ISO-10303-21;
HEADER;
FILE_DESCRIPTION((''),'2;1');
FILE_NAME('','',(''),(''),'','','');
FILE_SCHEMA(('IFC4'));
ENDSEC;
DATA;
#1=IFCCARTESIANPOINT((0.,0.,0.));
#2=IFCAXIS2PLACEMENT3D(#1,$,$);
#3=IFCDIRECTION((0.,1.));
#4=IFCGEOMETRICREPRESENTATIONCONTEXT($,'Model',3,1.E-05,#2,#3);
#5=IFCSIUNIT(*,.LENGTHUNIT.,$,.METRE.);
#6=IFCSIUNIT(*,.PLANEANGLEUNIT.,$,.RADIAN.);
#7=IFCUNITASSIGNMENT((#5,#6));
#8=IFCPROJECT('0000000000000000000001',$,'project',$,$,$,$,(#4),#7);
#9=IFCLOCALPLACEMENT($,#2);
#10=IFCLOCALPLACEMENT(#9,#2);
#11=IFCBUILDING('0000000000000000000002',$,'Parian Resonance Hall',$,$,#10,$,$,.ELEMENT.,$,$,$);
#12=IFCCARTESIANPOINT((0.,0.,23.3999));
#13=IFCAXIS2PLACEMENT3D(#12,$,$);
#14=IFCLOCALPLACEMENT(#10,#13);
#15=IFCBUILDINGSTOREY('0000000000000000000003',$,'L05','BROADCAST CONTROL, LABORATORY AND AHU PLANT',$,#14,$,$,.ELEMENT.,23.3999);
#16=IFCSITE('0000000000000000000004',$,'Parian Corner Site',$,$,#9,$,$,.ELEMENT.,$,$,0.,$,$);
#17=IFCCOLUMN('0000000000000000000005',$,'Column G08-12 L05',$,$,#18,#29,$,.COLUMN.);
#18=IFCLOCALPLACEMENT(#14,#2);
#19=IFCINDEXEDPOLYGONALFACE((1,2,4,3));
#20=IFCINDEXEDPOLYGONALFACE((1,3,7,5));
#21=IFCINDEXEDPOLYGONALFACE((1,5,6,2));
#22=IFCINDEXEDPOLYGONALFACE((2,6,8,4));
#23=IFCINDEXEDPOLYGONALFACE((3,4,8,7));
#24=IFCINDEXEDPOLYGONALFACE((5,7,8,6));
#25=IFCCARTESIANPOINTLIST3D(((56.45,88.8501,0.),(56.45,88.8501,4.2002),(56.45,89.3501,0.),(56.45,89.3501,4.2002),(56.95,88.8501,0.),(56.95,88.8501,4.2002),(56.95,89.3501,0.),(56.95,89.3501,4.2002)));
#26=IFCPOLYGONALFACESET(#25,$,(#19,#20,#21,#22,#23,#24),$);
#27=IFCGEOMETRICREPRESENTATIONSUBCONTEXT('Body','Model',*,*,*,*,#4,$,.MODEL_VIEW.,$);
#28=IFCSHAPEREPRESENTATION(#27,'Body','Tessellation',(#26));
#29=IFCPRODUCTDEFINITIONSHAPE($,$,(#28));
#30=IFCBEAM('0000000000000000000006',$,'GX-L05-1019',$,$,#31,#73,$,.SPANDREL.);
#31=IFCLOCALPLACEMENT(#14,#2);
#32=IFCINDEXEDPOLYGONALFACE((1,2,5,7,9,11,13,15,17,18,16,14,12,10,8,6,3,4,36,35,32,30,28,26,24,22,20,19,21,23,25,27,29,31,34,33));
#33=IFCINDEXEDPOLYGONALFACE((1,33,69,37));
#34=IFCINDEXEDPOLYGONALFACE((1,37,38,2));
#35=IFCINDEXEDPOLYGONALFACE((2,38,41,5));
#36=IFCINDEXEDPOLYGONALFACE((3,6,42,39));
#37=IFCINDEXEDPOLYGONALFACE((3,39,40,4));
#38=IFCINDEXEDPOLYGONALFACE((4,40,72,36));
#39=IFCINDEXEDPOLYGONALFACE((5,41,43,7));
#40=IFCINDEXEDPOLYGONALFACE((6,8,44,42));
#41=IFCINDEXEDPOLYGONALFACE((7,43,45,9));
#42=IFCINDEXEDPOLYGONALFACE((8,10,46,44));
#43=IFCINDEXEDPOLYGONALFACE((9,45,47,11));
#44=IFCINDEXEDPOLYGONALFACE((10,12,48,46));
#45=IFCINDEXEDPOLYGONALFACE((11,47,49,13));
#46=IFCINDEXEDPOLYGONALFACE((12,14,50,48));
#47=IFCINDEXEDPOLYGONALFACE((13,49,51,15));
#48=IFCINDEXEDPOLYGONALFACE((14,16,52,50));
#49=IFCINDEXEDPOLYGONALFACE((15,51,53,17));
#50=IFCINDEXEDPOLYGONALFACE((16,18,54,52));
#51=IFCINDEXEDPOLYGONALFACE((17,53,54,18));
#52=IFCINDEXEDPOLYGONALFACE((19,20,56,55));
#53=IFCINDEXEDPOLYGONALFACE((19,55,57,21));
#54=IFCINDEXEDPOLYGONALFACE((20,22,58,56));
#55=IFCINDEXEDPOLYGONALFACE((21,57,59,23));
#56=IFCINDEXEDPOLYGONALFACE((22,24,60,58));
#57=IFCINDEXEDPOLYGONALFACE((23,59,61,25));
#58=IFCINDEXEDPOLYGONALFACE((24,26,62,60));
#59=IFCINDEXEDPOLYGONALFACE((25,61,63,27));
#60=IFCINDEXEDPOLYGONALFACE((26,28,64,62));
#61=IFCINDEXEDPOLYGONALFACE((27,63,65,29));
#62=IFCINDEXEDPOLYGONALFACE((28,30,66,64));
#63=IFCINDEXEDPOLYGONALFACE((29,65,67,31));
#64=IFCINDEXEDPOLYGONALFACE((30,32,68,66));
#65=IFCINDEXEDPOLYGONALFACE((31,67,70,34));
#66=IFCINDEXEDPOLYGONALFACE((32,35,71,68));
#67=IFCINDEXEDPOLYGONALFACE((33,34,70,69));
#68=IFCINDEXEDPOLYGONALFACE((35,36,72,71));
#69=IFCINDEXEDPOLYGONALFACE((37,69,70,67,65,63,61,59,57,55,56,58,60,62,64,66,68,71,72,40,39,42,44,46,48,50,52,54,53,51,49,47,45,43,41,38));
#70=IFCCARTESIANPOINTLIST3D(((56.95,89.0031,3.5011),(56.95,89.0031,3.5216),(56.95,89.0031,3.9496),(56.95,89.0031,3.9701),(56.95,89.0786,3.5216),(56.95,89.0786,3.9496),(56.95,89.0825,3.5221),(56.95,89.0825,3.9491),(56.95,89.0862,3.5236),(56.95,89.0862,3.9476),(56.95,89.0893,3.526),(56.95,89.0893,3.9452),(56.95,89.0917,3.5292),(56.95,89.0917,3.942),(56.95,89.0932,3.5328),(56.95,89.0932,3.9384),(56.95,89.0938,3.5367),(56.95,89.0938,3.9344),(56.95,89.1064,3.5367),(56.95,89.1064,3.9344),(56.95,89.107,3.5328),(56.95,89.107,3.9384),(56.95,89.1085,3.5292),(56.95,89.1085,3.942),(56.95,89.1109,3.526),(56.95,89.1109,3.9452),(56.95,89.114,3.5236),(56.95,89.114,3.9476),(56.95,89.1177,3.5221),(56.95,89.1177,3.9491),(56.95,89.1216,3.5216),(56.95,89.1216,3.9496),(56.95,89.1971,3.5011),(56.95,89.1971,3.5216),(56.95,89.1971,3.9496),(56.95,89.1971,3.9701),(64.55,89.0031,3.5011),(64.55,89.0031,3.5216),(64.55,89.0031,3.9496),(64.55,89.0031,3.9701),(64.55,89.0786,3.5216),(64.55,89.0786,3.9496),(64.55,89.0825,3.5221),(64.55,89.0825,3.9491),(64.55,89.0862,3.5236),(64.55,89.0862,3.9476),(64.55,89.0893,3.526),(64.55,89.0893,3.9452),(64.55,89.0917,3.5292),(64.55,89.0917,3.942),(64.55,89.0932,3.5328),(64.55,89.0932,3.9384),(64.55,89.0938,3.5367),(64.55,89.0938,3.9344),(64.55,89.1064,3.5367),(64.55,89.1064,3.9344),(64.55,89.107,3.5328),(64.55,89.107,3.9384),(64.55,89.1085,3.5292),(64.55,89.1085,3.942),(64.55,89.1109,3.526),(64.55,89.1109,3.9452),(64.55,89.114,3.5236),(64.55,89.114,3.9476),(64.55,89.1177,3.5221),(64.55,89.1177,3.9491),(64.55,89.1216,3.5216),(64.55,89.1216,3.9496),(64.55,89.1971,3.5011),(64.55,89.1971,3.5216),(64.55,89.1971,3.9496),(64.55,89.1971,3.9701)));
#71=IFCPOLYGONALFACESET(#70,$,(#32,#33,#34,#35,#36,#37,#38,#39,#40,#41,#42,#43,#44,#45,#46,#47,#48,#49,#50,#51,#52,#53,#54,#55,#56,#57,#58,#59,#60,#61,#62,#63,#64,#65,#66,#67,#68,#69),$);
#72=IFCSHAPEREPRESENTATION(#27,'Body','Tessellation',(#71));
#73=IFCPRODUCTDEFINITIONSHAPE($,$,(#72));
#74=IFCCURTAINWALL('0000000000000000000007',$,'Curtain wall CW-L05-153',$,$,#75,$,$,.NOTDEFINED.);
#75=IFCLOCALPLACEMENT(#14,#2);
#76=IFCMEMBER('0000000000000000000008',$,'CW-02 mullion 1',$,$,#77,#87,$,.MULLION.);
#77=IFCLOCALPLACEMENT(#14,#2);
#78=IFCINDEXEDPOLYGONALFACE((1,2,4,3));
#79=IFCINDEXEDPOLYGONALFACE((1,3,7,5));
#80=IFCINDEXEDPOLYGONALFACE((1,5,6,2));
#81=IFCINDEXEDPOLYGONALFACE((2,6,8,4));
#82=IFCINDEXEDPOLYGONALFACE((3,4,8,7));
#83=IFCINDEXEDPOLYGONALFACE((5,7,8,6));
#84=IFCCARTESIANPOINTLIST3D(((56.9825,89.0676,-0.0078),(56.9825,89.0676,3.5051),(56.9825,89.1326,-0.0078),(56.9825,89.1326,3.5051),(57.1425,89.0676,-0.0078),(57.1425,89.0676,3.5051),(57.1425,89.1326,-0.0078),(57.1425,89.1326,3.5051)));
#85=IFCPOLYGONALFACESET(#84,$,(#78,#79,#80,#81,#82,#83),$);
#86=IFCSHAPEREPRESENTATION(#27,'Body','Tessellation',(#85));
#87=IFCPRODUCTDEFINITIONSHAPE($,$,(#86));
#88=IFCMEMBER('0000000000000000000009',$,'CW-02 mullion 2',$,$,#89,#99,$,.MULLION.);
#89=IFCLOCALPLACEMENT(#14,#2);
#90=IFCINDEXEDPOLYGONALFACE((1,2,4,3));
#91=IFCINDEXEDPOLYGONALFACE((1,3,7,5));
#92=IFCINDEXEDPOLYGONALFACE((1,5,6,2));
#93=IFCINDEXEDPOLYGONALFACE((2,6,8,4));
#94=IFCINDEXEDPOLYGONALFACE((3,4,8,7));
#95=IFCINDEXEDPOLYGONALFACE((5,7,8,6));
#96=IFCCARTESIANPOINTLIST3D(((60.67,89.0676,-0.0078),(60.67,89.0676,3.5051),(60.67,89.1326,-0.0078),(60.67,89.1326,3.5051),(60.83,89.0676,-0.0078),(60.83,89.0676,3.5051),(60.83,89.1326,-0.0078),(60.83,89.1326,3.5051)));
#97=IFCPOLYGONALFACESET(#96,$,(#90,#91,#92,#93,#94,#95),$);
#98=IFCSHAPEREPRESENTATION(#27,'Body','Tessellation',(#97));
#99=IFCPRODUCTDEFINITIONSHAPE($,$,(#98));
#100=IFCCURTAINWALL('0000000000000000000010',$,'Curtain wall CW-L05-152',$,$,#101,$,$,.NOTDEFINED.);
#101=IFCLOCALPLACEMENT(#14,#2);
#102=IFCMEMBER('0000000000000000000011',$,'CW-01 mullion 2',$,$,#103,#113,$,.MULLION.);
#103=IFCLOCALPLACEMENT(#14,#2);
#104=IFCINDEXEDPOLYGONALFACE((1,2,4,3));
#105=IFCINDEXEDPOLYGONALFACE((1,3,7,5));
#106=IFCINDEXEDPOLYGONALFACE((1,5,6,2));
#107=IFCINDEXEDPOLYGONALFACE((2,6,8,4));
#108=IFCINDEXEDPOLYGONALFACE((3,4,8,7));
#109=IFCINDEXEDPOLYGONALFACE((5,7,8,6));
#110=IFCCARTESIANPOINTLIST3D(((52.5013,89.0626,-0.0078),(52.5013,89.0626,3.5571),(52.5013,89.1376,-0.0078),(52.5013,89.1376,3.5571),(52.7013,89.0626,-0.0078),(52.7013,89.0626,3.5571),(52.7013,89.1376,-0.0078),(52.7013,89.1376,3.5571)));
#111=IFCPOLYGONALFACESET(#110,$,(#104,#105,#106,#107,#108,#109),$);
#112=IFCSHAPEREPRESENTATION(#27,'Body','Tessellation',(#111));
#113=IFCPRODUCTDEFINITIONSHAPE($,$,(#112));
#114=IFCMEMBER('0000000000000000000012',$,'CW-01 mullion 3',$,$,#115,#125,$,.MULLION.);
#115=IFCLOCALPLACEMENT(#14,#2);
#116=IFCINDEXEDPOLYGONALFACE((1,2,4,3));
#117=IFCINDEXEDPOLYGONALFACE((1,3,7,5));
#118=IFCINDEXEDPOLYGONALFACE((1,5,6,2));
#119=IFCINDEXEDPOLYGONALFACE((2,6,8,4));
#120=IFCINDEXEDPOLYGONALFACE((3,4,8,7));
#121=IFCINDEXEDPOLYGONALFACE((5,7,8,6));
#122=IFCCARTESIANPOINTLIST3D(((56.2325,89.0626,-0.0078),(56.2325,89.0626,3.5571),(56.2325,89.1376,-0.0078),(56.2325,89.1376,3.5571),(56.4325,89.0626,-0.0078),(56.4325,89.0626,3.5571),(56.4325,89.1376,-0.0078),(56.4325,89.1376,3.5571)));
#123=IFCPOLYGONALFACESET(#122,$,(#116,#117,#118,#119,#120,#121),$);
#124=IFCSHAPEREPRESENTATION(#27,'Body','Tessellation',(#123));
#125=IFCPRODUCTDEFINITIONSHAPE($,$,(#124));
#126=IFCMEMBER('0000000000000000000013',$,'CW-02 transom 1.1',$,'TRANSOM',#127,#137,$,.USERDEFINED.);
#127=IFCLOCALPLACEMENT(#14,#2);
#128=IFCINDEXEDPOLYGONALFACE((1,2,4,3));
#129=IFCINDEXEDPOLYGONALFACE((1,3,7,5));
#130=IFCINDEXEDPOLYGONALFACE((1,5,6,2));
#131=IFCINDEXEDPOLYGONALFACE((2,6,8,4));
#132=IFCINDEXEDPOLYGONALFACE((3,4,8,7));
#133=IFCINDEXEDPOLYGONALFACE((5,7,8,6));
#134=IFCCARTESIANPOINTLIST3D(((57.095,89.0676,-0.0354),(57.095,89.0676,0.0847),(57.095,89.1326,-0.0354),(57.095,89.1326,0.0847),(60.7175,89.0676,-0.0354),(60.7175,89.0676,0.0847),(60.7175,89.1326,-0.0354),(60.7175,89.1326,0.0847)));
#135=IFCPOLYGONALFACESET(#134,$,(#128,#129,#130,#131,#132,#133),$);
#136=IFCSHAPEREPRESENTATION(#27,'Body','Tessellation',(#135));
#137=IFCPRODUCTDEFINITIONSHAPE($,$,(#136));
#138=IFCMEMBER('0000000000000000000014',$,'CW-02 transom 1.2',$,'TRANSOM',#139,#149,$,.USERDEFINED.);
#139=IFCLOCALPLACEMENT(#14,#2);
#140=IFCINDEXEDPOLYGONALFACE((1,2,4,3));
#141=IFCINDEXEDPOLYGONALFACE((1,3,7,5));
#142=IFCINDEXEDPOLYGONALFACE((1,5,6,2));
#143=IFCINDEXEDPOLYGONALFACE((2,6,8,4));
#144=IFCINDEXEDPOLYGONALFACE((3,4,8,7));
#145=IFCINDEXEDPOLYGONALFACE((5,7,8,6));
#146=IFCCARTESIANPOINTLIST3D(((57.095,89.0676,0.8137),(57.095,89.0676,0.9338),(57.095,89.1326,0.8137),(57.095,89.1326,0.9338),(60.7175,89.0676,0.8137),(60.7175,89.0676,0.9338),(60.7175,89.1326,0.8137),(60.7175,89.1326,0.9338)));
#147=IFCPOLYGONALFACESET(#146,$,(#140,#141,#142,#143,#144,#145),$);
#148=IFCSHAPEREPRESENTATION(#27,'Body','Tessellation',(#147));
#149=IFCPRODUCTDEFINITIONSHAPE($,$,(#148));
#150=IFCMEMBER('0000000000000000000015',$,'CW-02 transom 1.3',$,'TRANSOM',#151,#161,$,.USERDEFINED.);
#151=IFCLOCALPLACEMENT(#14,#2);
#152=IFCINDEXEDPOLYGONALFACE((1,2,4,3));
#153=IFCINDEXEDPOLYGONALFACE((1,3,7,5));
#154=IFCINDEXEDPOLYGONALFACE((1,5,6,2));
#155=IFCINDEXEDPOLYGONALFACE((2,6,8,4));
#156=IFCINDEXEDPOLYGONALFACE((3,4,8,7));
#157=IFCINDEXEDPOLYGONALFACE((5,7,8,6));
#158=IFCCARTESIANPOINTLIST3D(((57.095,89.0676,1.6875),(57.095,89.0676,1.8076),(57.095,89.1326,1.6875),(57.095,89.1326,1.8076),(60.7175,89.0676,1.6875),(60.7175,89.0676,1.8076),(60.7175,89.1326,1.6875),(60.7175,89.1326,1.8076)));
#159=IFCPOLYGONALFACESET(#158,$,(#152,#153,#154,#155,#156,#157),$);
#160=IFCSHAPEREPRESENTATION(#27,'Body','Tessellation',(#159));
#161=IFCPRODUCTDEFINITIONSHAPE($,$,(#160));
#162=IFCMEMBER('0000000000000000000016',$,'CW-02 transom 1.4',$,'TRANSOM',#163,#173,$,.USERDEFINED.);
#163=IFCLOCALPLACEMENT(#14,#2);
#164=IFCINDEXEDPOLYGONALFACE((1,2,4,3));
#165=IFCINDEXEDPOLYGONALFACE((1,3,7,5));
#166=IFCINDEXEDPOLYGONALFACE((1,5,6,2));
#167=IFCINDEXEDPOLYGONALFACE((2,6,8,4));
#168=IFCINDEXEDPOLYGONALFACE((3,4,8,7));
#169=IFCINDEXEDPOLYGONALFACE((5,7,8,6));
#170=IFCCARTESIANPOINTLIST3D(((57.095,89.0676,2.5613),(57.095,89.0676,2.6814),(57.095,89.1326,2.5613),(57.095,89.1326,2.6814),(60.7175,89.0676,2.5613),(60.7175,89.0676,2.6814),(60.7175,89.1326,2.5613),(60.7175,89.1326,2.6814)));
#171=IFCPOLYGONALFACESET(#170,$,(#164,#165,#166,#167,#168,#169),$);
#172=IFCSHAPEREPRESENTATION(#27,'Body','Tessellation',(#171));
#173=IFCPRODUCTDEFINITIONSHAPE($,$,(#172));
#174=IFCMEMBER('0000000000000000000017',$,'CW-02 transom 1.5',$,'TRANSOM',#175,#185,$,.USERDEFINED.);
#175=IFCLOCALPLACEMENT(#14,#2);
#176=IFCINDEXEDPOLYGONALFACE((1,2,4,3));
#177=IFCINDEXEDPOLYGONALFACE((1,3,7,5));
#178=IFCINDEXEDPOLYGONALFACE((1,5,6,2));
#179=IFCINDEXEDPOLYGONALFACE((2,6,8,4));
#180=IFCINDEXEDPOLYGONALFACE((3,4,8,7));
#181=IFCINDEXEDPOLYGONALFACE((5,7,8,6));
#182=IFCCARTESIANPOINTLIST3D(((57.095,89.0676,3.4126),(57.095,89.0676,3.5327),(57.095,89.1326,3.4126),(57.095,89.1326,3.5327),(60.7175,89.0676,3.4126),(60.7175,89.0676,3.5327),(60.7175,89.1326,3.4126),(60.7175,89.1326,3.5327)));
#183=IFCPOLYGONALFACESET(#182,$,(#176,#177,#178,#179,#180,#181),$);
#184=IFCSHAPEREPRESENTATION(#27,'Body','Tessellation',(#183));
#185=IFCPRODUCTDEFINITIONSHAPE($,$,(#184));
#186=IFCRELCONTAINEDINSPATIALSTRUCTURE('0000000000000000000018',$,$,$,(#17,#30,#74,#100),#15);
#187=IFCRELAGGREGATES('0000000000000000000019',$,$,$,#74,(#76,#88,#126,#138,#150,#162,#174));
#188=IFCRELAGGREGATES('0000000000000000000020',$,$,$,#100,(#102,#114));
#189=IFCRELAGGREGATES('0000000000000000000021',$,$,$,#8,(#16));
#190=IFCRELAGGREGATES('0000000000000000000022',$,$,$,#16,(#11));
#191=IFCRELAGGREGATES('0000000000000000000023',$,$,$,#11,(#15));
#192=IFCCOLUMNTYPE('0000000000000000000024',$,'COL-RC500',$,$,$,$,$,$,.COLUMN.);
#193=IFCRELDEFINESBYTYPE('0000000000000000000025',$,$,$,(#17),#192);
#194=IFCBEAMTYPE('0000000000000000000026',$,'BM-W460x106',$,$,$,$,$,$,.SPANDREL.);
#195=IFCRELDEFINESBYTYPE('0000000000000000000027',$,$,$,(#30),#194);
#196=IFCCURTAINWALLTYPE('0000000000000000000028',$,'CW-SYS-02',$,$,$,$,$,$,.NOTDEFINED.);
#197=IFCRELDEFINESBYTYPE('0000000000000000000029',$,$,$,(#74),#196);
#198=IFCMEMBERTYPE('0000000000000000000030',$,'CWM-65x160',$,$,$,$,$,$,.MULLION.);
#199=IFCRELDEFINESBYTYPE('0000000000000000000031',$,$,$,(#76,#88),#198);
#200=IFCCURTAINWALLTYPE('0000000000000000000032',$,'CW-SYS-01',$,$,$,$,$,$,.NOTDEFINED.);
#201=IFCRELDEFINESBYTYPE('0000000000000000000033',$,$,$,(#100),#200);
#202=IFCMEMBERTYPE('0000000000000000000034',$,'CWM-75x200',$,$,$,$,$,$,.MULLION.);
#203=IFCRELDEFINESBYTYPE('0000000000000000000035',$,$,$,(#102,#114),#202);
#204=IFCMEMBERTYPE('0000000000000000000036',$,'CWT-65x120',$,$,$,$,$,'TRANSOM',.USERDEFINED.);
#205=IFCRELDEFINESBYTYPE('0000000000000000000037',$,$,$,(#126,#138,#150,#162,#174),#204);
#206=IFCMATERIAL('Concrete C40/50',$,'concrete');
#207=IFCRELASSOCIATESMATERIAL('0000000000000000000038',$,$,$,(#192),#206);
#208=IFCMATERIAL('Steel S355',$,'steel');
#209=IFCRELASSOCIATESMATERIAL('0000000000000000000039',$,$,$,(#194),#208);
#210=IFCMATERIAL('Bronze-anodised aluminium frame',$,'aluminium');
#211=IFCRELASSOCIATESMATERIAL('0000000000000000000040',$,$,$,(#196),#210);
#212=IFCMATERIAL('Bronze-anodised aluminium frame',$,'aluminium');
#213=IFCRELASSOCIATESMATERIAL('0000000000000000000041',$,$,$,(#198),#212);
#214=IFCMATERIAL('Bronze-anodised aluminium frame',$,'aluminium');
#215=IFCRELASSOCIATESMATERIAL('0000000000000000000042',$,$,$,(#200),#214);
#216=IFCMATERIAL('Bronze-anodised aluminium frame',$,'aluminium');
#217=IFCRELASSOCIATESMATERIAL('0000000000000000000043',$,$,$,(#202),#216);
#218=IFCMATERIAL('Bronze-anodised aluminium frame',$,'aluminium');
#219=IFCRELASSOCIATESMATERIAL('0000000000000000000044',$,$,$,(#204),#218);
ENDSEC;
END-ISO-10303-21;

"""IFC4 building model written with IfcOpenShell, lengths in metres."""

from ifc_helpers import new_model, si_unit, direction, frame, origin, origin_2d, place, context, subcontext, project, spatial, rectangle, i_section, extrude, material, material_profile, profile_set, type_object, element, aggregate, save


model = new_model("IFC4")

# Units and contexts
model_context = context("Model", 3, precision=1e-05, world=origin(), true_north=direction((0.0, 1.0)))
body_context = subcontext(model_context, "Body", "Model", "MODEL_VIEW")
ifc_project = project(units=[si_unit("LENGTHUNIT", "METRE"), si_unit("PLANEANGLEUNIT", "RADIAN")], contexts=[model_context])

# Site, building, storey
site_placement = place(None, origin())
site = spatial("IfcSite", under=ifc_project, at=site_placement, Name="Parian Corner Site", CompositionType="ELEMENT", RefElevation=0.0)
building_placement = place(site_placement, origin())
building = spatial("IfcBuilding", under=site, at=building_placement, Name="Parian Resonance Hall", CompositionType="ELEMENT")
storey_placement = place(building_placement, frame((0.0, 0.0, 23.3999)))
storey = spatial("IfcBuildingStorey", under=building, at=storey_placement, Name="L05", Description="BROADCAST CONTROL, LABORATORY AND AHU PLANT", CompositionType="ELEMENT", Elevation=23.3999)

# Column
ifc_material_1 = material(Name="Concrete C40/50", Category="concrete")
ifc_material_profile_1 = material_profile(ifc_material_1, rectangle(XDim=0.5, YDim=0.5, at=origin_2d()), Name="RC-COL-500x500")
ifc_profile_set_1 = profile_set([ifc_material_profile_1], Name="Concrete C40/50")
column_type = type_object("IfcColumnType", Name="COL-RC500", PredefinedType="COLUMN", material=ifc_profile_set_1)
column_placement = place(storey_placement, frame((56.7, 89.1001, 0.0), z_axis=(0.0, 0.0, 1.0), x_axis=(1.0, 0.0, 0.0)))
element("IfcColumn", 1, at=column_placement, inside=storey, type_object=column_type, Name="Column G08-12 L05", PredefinedType="COLUMN", context=body_context, shape_type="SweptSolid", body=[
    extrude(rectangle(XDim=0.5, YDim=0.5, at=origin_2d()), origin(), (0.0, 0.0, 1.0), 4.2002),
])

# Beam
ifc_material_2 = material(Name="Steel S355", Category="steel")
ifc_material_profile_2 = material_profile(ifc_material_2, i_section(OverallWidth=0.1941, OverallDepth=0.469, WebThickness=0.0127, FlangeThickness=0.0205, FilletRadius=0.0151, at=origin_2d()), Name="W460x106")
ifc_profile_set_2 = profile_set([ifc_material_profile_2], Name="Steel S355")
beam_type = type_object("IfcBeamType", Name="BM-W460x106", PredefinedType="SPANDREL", material=ifc_profile_set_2)
beam_placement = place(storey_placement, frame((56.95, 89.1001, 3.7356), z_axis=(1.0, 0.0, 0.0), x_axis=(0.0, 1.0, 0.0)))
element("IfcBeam", 2, at=beam_placement, inside=storey, type_object=beam_type, Name="GX-L05-1019", PredefinedType="SPANDREL", context=body_context, shape_type="SweptSolid", body=[
    extrude(i_section(OverallWidth=0.1941, OverallDepth=0.469, WebThickness=0.0127, FlangeThickness=0.0205, FilletRadius=0.0151, at=origin_2d()), origin(), (0.0, 0.0, 1.0), 7.6001),
])

# Curtain walls, members
ifc_material_3 = material(Name="Bronze-anodised aluminium frame", Category="aluminium")
curtain_wall_type_1 = type_object("IfcCurtainWallType", Name="CW-SYS-02", PredefinedType="NOTDEFINED", material=ifc_material_3)
curtain_wall_1_placement = place(storey_placement, origin())
curtain_wall_1 = element("IfcCurtainWall", 3, at=curtain_wall_1_placement, inside=storey, type_object=curtain_wall_type_1, Name="Curtain wall CW-L05-153", PredefinedType="NOTDEFINED")
ifc_material_4 = material(Name="Bronze-anodised aluminium frame", Category="aluminium")
ifc_material_profile_3 = material_profile(ifc_material_4, rectangle(XDim=0.0649, YDim=0.1599, at=origin_2d()), Name="CWM-65x160")
ifc_profile_set_3 = profile_set([ifc_material_profile_3], Name="Bronze-anodised aluminium frame")
member_type_1 = type_object("IfcMemberType", Name="CWM-65x160", PredefinedType="MULLION", material=ifc_profile_set_3)
member_1_placement = place(storey_placement, frame((57.0625, 89.1001, -0.0078), z_axis=(0.0, 0.0, 1.0), x_axis=(0.0, 1.0, 0.0)))
member_1 = element("IfcMember", 4, at=member_1_placement, type_object=member_type_1, Name="CW-02 mullion 1", PredefinedType="MULLION", context=body_context, shape_type="SweptSolid", body=[
    extrude(rectangle(XDim=0.0649, YDim=0.1599, at=origin_2d()), origin(), (0.0, 0.0, 1.0), 3.5129),
])
member_2_placement = place(storey_placement, frame((60.75, 89.1001, -0.0078), z_axis=(0.0, 0.0, 1.0), x_axis=(0.0, 1.0, 0.0)))
member_2 = element("IfcMember", 5, at=member_2_placement, type_object=member_type_1, Name="CW-02 mullion 2", PredefinedType="MULLION", context=body_context, shape_type="SweptSolid", body=[
    extrude(rectangle(XDim=0.0649, YDim=0.1599, at=origin_2d()), origin(), (0.0, 0.0, 1.0), 3.5129),
])
ifc_material_5 = material(Name="Bronze-anodised aluminium frame", Category="aluminium")
curtain_wall_type_2 = type_object("IfcCurtainWallType", Name="CW-SYS-01", PredefinedType="NOTDEFINED", material=ifc_material_5)
curtain_wall_2_placement = place(storey_placement, origin())
curtain_wall_2 = element("IfcCurtainWall", 6, at=curtain_wall_2_placement, inside=storey, type_object=curtain_wall_type_2, Name="Curtain wall CW-L05-152", PredefinedType="NOTDEFINED")
ifc_material_6 = material(Name="Bronze-anodised aluminium frame", Category="aluminium")
ifc_material_profile_4 = material_profile(ifc_material_6, rectangle(XDim=0.075, YDim=0.2, at=origin_2d()), Name="CWM-75x200")
ifc_profile_set_4 = profile_set([ifc_material_profile_4], Name="Bronze-anodised aluminium frame")
member_type_2 = type_object("IfcMemberType", Name="CWM-75x200", PredefinedType="MULLION", material=ifc_profile_set_4)
member_3_placement = place(storey_placement, frame((52.6013, 89.1001, -0.0078), z_axis=(0.0, 0.0, 1.0), x_axis=(0.0, 1.0, 0.0)))
member_3 = element("IfcMember", 7, at=member_3_placement, type_object=member_type_2, Name="CW-01 mullion 2", PredefinedType="MULLION", context=body_context, shape_type="SweptSolid", body=[
    extrude(rectangle(XDim=0.075, YDim=0.2, at=origin_2d()), origin(), (0.0, 0.0, 1.0), 3.5649),
])
member_4_placement = place(storey_placement, frame((56.3325, 89.1001, -0.0078), z_axis=(0.0, 0.0, 1.0), x_axis=(0.0, 1.0, 0.0)))
member_4 = element("IfcMember", 8, at=member_4_placement, type_object=member_type_2, Name="CW-01 mullion 3", PredefinedType="MULLION", context=body_context, shape_type="SweptSolid", body=[
    extrude(rectangle(XDim=0.075, YDim=0.2, at=origin_2d()), origin(), (0.0, 0.0, 1.0), 3.5649),
])

# Members
ifc_material_7 = material(Name="Bronze-anodised aluminium frame", Category="aluminium")
ifc_material_profile_5 = material_profile(ifc_material_7, rectangle(XDim=0.0649, YDim=0.1201, at=origin_2d()), Name="CWT-65x120")
ifc_profile_set_5 = profile_set([ifc_material_profile_5], Name="Bronze-anodised aluminium frame")
member_type_3 = type_object("IfcMemberType", Name="CWT-65x120", ElementType="TRANSOM", PredefinedType="USERDEFINED", material=ifc_profile_set_5)
member_5_placement = place(storey_placement, frame((57.095, 89.1001, 0.0247), z_axis=(1.0, 0.0, 0.0), x_axis=(0.0, 1.0, 0.0)))
member_5 = element("IfcMember", 9, at=member_5_placement, type_object=member_type_3, Name="CW-02 transom 1.1", ObjectType="TRANSOM", PredefinedType="USERDEFINED", context=body_context, shape_type="SweptSolid", body=[
    extrude(rectangle(XDim=0.0649, YDim=0.1201, at=origin_2d()), origin(), (0.0, 0.0, 1.0), 3.6226),
])
member_6_placement = place(storey_placement, frame((57.095, 89.1001, 0.8738), z_axis=(1.0, 0.0, 0.0), x_axis=(0.0, 1.0, 0.0)))
member_6 = element("IfcMember", 10, at=member_6_placement, type_object=member_type_3, Name="CW-02 transom 1.2", ObjectType="TRANSOM", PredefinedType="USERDEFINED", context=body_context, shape_type="SweptSolid", body=[
    extrude(rectangle(XDim=0.0649, YDim=0.1201, at=origin_2d()), origin(), (0.0, 0.0, 1.0), 3.6226),
])
member_7_placement = place(storey_placement, frame((57.095, 89.1001, 1.7476), z_axis=(1.0, 0.0, 0.0), x_axis=(0.0, 1.0, 0.0)))
member_7 = element("IfcMember", 11, at=member_7_placement, type_object=member_type_3, Name="CW-02 transom 1.3", ObjectType="TRANSOM", PredefinedType="USERDEFINED", context=body_context, shape_type="SweptSolid", body=[
    extrude(rectangle(XDim=0.0649, YDim=0.1201, at=origin_2d()), origin(), (0.0, 0.0, 1.0), 3.6226),
])
member_8_placement = place(storey_placement, frame((57.095, 89.1001, 2.6213), z_axis=(1.0, 0.0, 0.0), x_axis=(0.0, 1.0, 0.0)))
member_8 = element("IfcMember", 12, at=member_8_placement, type_object=member_type_3, Name="CW-02 transom 1.4", ObjectType="TRANSOM", PredefinedType="USERDEFINED", context=body_context, shape_type="SweptSolid", body=[
    extrude(rectangle(XDim=0.0649, YDim=0.1201, at=origin_2d()), origin(), (0.0, 0.0, 1.0), 3.6226),
])
member_9_placement = place(storey_placement, frame((57.095, 89.1001, 3.4727), z_axis=(1.0, 0.0, 0.0), x_axis=(0.0, 1.0, 0.0)))
member_9 = element("IfcMember", 13, at=member_9_placement, type_object=member_type_3, Name="CW-02 transom 1.5", ObjectType="TRANSOM", PredefinedType="USERDEFINED", context=body_context, shape_type="SweptSolid", body=[
    extrude(rectangle(XDim=0.0649, YDim=0.1201, at=origin_2d()), origin(), (0.0, 0.0, 1.0), 3.6226),
])

aggregate(curtain_wall_1, [member_1, member_2, member_5, member_6, member_7, member_8, member_9])
aggregate(curtain_wall_2, [member_3, member_4])

save(model, "model.ifc")
